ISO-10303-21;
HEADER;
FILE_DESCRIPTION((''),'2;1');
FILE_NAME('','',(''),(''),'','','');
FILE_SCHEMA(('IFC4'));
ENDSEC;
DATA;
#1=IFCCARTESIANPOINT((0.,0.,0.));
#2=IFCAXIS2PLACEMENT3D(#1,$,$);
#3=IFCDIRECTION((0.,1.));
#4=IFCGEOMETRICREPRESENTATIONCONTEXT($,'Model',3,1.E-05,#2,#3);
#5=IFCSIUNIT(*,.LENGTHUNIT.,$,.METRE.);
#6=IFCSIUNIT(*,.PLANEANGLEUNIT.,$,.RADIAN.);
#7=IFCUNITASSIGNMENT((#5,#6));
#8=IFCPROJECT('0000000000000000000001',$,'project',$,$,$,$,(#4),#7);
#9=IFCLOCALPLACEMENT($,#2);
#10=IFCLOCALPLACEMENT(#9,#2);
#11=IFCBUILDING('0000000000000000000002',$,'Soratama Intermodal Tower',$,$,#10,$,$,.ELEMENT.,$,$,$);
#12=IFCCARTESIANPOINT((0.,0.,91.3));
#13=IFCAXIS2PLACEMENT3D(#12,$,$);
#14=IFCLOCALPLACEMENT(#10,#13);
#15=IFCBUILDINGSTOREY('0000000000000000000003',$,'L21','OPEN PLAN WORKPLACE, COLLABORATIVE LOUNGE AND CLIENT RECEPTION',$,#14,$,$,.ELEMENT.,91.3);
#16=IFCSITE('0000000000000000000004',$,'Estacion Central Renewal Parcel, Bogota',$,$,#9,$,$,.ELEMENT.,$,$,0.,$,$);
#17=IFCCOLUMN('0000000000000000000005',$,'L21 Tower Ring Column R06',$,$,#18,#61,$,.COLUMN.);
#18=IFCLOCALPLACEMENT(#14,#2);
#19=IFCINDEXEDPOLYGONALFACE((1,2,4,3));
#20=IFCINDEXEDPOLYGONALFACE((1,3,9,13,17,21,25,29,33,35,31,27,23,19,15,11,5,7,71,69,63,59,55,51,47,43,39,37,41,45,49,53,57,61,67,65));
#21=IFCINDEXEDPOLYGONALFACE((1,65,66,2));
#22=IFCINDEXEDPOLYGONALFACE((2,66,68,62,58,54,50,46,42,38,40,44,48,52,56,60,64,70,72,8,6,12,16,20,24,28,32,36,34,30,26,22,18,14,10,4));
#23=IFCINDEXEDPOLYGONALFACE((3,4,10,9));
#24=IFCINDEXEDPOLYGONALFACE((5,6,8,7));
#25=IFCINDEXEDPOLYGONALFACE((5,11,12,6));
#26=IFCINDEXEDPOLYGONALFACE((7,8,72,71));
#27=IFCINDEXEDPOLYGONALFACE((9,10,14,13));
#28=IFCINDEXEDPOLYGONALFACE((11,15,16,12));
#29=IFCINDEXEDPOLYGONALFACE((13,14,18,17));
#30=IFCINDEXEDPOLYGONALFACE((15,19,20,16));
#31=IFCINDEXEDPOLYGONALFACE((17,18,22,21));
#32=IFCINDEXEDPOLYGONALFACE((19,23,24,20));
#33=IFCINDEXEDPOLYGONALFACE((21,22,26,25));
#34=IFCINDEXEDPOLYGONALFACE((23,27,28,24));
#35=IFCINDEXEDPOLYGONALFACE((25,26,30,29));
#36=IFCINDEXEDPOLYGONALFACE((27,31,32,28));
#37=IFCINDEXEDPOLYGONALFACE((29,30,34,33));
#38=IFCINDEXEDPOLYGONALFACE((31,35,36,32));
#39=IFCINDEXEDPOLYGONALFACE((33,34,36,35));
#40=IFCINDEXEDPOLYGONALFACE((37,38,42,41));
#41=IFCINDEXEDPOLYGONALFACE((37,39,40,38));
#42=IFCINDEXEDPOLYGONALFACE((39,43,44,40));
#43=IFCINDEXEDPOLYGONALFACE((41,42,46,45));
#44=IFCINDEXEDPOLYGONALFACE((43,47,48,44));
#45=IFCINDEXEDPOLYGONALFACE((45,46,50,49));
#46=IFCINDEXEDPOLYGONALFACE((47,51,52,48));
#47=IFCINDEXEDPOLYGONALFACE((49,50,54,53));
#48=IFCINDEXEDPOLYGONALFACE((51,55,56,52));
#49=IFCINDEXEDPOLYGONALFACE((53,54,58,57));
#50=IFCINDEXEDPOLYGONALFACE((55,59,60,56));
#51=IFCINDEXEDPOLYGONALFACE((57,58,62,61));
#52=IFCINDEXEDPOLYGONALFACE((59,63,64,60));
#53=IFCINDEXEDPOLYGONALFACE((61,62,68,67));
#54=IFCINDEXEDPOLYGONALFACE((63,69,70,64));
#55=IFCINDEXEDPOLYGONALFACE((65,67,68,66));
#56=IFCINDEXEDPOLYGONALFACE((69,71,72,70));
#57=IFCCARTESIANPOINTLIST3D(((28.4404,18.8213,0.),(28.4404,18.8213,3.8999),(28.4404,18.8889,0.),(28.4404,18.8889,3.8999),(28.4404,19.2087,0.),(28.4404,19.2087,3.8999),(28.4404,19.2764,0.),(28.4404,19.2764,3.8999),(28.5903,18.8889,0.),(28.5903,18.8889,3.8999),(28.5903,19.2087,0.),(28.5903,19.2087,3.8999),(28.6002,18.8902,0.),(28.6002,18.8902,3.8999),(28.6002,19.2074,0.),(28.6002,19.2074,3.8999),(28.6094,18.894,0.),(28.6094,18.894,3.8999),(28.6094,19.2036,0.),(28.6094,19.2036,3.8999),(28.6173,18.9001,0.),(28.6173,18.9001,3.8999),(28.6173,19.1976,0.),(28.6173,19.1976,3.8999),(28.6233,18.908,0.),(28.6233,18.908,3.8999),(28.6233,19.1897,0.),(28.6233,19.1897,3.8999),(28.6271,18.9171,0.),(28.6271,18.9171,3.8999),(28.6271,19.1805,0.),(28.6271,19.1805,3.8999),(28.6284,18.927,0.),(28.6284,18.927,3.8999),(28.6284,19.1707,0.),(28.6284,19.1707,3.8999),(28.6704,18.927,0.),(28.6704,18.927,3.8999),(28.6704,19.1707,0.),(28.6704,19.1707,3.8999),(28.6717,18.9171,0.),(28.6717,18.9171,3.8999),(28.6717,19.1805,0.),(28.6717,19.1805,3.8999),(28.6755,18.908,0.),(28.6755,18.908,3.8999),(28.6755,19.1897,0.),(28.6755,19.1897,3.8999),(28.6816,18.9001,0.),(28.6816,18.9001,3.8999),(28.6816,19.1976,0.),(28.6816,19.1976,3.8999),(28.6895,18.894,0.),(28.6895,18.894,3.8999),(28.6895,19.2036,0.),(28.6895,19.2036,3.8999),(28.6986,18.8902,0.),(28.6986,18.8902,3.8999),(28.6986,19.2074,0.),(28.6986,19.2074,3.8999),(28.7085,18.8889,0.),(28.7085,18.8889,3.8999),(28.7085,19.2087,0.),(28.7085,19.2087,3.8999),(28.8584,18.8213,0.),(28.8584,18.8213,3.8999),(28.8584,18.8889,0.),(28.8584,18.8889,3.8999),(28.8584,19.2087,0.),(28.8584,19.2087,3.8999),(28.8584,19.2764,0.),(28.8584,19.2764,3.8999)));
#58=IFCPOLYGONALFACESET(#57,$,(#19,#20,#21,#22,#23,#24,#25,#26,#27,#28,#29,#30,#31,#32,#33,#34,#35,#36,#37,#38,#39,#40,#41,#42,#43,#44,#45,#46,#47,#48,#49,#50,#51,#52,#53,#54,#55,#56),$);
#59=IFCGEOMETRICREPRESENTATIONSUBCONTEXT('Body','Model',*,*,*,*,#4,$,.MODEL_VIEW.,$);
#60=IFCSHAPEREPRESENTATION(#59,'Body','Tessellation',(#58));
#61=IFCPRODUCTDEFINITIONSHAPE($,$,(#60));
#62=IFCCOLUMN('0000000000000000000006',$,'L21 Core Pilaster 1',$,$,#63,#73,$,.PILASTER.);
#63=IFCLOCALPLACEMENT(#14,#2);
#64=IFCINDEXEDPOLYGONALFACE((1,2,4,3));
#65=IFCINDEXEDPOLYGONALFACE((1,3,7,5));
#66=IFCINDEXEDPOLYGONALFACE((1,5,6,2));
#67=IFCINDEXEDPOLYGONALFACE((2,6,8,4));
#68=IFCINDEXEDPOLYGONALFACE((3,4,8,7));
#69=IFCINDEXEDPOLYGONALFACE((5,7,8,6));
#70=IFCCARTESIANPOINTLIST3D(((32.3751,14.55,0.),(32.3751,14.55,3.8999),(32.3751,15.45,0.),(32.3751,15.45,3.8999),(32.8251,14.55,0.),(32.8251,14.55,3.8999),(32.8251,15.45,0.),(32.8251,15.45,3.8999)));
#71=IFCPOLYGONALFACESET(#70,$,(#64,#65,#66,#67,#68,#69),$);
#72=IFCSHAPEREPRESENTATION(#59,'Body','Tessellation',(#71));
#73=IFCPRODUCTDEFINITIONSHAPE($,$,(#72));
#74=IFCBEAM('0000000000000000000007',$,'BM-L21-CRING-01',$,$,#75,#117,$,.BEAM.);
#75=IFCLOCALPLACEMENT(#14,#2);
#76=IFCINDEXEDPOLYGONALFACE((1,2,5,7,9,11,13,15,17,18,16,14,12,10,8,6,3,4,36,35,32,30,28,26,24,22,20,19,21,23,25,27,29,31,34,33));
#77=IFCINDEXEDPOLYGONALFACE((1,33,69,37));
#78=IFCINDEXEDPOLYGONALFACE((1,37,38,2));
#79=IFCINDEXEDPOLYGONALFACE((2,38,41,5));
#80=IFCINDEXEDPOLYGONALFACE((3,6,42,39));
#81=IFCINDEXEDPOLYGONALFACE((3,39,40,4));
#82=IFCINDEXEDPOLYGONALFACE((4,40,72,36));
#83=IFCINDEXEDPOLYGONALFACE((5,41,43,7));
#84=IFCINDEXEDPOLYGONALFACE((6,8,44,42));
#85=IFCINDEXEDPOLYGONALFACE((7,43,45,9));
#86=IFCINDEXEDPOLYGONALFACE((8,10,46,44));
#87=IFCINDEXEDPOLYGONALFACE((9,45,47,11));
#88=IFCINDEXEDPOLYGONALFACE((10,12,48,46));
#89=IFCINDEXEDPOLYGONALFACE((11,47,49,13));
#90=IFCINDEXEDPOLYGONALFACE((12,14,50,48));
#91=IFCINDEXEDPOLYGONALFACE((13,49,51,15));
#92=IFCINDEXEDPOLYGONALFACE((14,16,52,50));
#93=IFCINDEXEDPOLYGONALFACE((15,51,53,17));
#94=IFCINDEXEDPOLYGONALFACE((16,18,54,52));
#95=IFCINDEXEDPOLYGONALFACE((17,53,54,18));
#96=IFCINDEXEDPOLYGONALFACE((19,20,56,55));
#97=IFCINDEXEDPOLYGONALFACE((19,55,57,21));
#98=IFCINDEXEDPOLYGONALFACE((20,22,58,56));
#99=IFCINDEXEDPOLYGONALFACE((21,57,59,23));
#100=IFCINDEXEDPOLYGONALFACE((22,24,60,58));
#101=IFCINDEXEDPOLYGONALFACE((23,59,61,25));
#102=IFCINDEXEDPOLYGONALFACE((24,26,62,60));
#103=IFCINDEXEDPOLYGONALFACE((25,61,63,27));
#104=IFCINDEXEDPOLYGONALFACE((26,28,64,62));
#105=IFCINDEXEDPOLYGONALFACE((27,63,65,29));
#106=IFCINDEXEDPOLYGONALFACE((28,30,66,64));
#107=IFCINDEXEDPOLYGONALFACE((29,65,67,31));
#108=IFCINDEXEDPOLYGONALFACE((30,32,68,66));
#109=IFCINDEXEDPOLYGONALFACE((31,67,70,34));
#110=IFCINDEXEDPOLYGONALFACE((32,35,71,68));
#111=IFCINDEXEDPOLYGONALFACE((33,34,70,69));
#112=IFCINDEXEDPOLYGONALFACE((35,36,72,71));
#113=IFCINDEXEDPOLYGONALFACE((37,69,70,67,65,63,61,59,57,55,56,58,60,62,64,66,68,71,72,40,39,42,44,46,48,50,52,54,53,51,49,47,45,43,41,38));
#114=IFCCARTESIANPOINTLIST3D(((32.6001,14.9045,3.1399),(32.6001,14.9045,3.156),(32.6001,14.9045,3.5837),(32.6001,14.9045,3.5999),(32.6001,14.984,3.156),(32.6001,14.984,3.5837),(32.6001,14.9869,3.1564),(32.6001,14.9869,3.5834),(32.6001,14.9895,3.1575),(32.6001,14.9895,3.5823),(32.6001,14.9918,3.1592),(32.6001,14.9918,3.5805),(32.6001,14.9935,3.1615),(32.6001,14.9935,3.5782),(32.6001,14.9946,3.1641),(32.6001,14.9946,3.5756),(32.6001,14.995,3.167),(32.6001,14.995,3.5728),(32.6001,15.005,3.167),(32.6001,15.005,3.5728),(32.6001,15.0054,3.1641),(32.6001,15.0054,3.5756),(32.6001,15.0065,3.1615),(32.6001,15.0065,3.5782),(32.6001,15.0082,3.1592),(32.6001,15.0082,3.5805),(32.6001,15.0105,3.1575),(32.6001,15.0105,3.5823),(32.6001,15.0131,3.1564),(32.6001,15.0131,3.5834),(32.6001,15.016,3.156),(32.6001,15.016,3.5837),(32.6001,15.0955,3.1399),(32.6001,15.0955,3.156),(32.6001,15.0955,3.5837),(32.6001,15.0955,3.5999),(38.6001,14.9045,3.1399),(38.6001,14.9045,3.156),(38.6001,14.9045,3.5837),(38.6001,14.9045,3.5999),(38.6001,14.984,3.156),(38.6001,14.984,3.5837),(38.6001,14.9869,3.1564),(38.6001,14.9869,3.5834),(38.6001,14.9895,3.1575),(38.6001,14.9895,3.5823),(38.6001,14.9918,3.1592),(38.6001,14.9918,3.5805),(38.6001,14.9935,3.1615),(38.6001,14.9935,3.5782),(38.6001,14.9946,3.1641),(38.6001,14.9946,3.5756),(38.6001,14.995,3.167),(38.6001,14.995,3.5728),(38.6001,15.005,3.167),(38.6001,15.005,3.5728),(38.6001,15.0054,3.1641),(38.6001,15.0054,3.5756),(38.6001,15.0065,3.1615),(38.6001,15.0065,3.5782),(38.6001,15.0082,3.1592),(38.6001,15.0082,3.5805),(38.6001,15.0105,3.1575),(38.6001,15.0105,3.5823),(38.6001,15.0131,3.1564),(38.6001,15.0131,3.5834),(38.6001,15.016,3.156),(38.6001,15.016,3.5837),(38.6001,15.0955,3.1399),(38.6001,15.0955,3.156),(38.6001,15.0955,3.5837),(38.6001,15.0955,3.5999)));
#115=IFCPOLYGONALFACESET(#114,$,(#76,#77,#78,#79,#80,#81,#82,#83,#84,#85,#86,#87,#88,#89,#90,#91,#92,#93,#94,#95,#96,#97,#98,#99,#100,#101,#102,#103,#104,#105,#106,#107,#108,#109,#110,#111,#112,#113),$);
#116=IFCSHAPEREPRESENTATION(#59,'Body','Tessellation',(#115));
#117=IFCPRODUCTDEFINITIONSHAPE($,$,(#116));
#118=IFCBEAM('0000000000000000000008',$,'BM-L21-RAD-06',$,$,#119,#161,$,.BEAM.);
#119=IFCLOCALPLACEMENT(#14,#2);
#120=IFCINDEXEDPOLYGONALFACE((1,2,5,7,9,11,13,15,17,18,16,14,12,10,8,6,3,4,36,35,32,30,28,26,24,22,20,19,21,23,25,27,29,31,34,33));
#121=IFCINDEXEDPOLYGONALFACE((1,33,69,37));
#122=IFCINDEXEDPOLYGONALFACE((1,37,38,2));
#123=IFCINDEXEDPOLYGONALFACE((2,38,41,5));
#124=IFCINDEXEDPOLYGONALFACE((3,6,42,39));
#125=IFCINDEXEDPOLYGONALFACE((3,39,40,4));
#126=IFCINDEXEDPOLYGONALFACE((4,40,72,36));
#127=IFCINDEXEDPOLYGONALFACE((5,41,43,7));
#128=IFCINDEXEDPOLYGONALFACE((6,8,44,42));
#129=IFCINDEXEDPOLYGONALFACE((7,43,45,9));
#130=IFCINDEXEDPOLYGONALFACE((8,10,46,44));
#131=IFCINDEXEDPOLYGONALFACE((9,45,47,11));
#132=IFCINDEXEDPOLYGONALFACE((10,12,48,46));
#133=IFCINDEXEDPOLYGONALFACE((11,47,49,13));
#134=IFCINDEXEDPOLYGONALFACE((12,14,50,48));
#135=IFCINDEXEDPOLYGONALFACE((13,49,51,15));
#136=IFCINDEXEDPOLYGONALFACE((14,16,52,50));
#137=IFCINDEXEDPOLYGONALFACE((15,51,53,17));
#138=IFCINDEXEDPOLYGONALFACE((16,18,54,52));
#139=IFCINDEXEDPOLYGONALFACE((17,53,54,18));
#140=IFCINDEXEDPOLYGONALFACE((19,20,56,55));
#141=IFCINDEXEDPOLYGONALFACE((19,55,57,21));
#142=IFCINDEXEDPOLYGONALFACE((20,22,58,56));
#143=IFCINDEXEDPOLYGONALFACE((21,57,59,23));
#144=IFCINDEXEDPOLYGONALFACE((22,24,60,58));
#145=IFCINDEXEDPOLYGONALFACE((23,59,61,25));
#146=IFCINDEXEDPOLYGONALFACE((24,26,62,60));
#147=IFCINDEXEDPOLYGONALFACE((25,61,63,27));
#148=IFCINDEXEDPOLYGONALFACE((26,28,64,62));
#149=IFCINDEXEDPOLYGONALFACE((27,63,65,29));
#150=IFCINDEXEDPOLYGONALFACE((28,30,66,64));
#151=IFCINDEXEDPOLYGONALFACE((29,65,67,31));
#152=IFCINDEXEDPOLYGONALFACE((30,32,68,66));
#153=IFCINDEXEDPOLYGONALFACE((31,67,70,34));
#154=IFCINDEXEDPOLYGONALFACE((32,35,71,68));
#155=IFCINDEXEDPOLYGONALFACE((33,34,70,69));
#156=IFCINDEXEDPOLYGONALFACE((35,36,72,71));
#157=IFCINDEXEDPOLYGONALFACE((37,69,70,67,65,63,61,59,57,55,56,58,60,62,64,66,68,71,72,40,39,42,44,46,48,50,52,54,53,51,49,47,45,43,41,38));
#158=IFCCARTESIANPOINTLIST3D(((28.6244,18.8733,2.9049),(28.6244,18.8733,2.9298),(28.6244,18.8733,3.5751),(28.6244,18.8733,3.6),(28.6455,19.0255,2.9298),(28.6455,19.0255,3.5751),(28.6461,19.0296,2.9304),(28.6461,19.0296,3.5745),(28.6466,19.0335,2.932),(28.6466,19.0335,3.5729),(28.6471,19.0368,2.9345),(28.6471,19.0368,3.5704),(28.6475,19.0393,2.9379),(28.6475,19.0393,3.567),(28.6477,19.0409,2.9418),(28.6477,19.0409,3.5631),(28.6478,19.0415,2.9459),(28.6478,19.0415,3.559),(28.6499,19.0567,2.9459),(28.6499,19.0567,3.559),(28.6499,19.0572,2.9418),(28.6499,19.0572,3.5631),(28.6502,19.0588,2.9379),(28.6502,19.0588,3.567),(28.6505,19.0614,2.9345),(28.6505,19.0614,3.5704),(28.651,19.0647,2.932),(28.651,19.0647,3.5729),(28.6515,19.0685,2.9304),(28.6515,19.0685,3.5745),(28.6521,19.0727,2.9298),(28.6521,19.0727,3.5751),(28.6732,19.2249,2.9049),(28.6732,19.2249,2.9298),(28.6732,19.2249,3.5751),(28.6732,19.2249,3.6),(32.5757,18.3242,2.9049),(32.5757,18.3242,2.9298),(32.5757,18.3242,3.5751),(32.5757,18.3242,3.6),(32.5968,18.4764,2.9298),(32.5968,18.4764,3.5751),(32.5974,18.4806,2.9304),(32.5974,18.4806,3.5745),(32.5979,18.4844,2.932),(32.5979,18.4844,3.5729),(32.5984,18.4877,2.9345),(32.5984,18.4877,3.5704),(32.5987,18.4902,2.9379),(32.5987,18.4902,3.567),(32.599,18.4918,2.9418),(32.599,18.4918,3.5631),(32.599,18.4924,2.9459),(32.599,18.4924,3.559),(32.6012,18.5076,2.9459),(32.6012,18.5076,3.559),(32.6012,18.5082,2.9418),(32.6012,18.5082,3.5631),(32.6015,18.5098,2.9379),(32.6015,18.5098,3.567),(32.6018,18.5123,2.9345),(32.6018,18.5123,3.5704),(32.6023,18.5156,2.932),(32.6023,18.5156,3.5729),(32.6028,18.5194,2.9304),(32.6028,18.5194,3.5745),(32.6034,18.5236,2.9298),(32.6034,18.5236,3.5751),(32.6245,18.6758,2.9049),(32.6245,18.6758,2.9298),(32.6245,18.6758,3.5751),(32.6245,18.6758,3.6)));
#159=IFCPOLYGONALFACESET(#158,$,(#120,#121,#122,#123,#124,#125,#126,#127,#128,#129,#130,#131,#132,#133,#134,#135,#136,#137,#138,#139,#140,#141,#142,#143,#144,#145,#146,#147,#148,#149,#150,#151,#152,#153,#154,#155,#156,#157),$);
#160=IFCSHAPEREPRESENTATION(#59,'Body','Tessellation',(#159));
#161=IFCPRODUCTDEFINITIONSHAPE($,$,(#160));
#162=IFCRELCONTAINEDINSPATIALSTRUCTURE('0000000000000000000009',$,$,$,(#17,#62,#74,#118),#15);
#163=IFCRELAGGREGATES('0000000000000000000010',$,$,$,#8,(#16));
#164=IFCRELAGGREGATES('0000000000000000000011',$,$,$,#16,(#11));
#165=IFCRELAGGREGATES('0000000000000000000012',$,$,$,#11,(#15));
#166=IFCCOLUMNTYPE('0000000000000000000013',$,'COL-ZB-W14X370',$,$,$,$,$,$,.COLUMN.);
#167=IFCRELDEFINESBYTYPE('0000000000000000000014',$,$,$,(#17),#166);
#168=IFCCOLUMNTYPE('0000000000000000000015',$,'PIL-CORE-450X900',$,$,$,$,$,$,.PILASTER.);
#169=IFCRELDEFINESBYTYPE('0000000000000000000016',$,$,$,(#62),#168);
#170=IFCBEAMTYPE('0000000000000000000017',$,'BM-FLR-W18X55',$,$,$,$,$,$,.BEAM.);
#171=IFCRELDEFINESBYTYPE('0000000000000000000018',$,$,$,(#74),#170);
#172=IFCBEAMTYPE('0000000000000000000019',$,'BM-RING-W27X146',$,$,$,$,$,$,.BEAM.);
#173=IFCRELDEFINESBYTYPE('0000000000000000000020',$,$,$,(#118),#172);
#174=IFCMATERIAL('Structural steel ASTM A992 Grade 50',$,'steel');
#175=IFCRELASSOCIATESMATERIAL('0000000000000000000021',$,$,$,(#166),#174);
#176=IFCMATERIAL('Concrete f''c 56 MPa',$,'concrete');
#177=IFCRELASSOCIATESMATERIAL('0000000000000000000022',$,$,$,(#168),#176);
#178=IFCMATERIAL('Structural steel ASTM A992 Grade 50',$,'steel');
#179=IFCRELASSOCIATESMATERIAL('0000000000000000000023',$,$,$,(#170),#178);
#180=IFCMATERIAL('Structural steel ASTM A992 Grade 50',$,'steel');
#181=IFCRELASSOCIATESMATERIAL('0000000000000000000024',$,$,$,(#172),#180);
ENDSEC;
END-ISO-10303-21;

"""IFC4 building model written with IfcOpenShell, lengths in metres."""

from ifc_helpers import new_model, si_unit, direction, frame, origin, origin_2d, place, context, subcontext, project, spatial, rectangle, i_section, extrude, material, material_profile, profile_set, type_object, element, save


model = new_model("IFC4")

# Units and contexts
model_context = context("Model", 3, precision=1e-05, world=origin(), true_north=direction((0.0, 1.0)))
body_context = subcontext(model_context, "Body", "Model", "MODEL_VIEW")
ifc_project = project(units=[si_unit("LENGTHUNIT", "METRE"), si_unit("PLANEANGLEUNIT", "RADIAN")], contexts=[model_context])

# Site, building, storey
site_placement = place(None, origin())
site = spatial("IfcSite", under=ifc_project, at=site_placement, Name="Estacion Central Renewal Parcel, Bogota", CompositionType="ELEMENT", RefElevation=0.0)
building_placement = place(site_placement, origin())
building = spatial("IfcBuilding", under=site, at=building_placement, Name="Soratama Intermodal Tower", CompositionType="ELEMENT")
storey_placement = place(building_placement, frame((0.0, 0.0, 91.3)))
storey = spatial("IfcBuildingStorey", under=building, at=storey_placement, Name="L21", Description="OPEN PLAN WORKPLACE, COLLABORATIVE LOUNGE AND CLIENT RECEPTION", CompositionType="ELEMENT", Elevation=91.3)

# Columns
ifc_material_1 = material(Name="Structural steel ASTM A992 Grade 50", Category="steel")
ifc_material_profile_1 = material_profile(ifc_material_1, i_section(OverallWidth=0.418, OverallDepth=0.4551, WebThickness=0.042, FlangeThickness=0.0676, FilletRadius=0.0381, at=origin_2d()), Name="W14X370")
ifc_profile_set_1 = profile_set([ifc_material_profile_1], Name="Structural steel ASTM A992 Grade 50")
column_type_1 = type_object("IfcColumnType", Name="COL-ZB-W14X370", PredefinedType="COLUMN", material=ifc_profile_set_1)
column_1_placement = place(storey_placement, frame((28.6494, 19.0488, 0.0), z_axis=(0.0, 0.0, 1.0), x_axis=(1.0, 0.0, 0.0)))
element("IfcColumn", 1, at=column_1_placement, inside=storey, type_object=column_type_1, Name="L21 Tower Ring Column R06", PredefinedType="COLUMN", context=body_context, shape_type="SweptSolid", body=[
    extrude(i_section(OverallWidth=0.418, OverallDepth=0.4551, WebThickness=0.042, FlangeThickness=0.0676, FilletRadius=0.0381, at=origin_2d()), origin(), (0.0, 0.0, 1.0), 3.8999),
])
ifc_material_2 = material(Name="Concrete f'c 56 MPa", Category="concrete")
ifc_material_profile_2 = material_profile(ifc_material_2, rectangle(XDim=0.45, YDim=0.8999, at=origin_2d()), Name="RC450X900")
ifc_profile_set_2 = profile_set([ifc_material_profile_2], Name="Concrete f'c 56 MPa")
column_type_2 = type_object("IfcColumnType", Name="PIL-CORE-450X900", PredefinedType="PILASTER", material=ifc_profile_set_2)
column_2_placement = place(storey_placement, frame((32.6001, 15.0, 0.0), z_axis=(0.0, 0.0, 1.0), x_axis=(1.0, 0.0, 0.0)))
element("IfcColumn", 2, at=column_2_placement, inside=storey, type_object=column_type_2, Name="L21 Core Pilaster 1", PredefinedType="PILASTER", context=body_context, shape_type="SweptSolid", body=[
    extrude(rectangle(XDim=0.45, YDim=0.8999, at=origin_2d()), origin(), (0.0, 0.0, 1.0), 3.8999),
])

# Beams
ifc_material_3 = material(Name="Structural steel ASTM A992 Grade 50", Category="steel")
ifc_material_profile_3 = material_profile(ifc_material_3, i_section(OverallWidth=0.1909, OverallDepth=0.46, WebThickness=0.01, FlangeThickness=0.0161, FilletRadius=0.011, at=origin_2d()), Name="W18X55")
ifc_profile_set_3 = profile_set([ifc_material_profile_3], Name="Structural steel ASTM A992 Grade 50")
beam_type_1 = type_object("IfcBeamType", Name="BM-FLR-W18X55", PredefinedType="BEAM", material=ifc_profile_set_3)
beam_1_placement = place(storey_placement, frame((32.6001, 15.0, 3.3699), z_axis=(1.0, 0.0, 0.0), x_axis=(0.0, 1.0, 0.0)))
element("IfcBeam", 3, at=beam_1_placement, inside=storey, type_object=beam_type_1, Name="BM-L21-CRING-01", PredefinedType="BEAM", context=body_context, shape_type="SweptSolid", body=[
    extrude(i_section(OverallWidth=0.1909, OverallDepth=0.46, WebThickness=0.01, FlangeThickness=0.0161, FilletRadius=0.011, at=origin_2d()), origin(), (0.0, 0.0, 1.0), 6.0),
])
ifc_material_4 = material(Name="Structural steel ASTM A992 Grade 50", Category="steel")
ifc_material_profile_4 = material_profile(ifc_material_4, i_section(OverallWidth=0.355, OverallDepth=0.6951, WebThickness=0.0154, FlangeThickness=0.0249, FilletRadius=0.0161, at=origin_2d()), Name="W27X146")
ifc_profile_set_4 = profile_set([ifc_material_profile_4], Name="Structural steel ASTM A992 Grade 50")
beam_type_2 = type_object("IfcBeamType", Name="BM-RING-W27X146", PredefinedType="BEAM", material=ifc_profile_set_4)
beam_2_placement = place(storey_placement, frame((32.6001, 18.5, 3.2524), z_axis=(-0.990482, 0.137642, 0.0), x_axis=(-0.137642, -0.990482, 0.0)))
element("IfcBeam", 4, at=beam_2_placement, inside=storey, type_object=beam_type_2, Name="BM-L21-RAD-06", PredefinedType="BEAM", context=body_context, shape_type="SweptSolid", body=[
    extrude(i_section(OverallWidth=0.355, OverallDepth=0.6951, WebThickness=0.0154, FlangeThickness=0.0249, FilletRadius=0.0161, at=origin_2d()), origin(), (0.0, 0.0, 1.0), 3.9893),
])

save(model, "model.ifc")
